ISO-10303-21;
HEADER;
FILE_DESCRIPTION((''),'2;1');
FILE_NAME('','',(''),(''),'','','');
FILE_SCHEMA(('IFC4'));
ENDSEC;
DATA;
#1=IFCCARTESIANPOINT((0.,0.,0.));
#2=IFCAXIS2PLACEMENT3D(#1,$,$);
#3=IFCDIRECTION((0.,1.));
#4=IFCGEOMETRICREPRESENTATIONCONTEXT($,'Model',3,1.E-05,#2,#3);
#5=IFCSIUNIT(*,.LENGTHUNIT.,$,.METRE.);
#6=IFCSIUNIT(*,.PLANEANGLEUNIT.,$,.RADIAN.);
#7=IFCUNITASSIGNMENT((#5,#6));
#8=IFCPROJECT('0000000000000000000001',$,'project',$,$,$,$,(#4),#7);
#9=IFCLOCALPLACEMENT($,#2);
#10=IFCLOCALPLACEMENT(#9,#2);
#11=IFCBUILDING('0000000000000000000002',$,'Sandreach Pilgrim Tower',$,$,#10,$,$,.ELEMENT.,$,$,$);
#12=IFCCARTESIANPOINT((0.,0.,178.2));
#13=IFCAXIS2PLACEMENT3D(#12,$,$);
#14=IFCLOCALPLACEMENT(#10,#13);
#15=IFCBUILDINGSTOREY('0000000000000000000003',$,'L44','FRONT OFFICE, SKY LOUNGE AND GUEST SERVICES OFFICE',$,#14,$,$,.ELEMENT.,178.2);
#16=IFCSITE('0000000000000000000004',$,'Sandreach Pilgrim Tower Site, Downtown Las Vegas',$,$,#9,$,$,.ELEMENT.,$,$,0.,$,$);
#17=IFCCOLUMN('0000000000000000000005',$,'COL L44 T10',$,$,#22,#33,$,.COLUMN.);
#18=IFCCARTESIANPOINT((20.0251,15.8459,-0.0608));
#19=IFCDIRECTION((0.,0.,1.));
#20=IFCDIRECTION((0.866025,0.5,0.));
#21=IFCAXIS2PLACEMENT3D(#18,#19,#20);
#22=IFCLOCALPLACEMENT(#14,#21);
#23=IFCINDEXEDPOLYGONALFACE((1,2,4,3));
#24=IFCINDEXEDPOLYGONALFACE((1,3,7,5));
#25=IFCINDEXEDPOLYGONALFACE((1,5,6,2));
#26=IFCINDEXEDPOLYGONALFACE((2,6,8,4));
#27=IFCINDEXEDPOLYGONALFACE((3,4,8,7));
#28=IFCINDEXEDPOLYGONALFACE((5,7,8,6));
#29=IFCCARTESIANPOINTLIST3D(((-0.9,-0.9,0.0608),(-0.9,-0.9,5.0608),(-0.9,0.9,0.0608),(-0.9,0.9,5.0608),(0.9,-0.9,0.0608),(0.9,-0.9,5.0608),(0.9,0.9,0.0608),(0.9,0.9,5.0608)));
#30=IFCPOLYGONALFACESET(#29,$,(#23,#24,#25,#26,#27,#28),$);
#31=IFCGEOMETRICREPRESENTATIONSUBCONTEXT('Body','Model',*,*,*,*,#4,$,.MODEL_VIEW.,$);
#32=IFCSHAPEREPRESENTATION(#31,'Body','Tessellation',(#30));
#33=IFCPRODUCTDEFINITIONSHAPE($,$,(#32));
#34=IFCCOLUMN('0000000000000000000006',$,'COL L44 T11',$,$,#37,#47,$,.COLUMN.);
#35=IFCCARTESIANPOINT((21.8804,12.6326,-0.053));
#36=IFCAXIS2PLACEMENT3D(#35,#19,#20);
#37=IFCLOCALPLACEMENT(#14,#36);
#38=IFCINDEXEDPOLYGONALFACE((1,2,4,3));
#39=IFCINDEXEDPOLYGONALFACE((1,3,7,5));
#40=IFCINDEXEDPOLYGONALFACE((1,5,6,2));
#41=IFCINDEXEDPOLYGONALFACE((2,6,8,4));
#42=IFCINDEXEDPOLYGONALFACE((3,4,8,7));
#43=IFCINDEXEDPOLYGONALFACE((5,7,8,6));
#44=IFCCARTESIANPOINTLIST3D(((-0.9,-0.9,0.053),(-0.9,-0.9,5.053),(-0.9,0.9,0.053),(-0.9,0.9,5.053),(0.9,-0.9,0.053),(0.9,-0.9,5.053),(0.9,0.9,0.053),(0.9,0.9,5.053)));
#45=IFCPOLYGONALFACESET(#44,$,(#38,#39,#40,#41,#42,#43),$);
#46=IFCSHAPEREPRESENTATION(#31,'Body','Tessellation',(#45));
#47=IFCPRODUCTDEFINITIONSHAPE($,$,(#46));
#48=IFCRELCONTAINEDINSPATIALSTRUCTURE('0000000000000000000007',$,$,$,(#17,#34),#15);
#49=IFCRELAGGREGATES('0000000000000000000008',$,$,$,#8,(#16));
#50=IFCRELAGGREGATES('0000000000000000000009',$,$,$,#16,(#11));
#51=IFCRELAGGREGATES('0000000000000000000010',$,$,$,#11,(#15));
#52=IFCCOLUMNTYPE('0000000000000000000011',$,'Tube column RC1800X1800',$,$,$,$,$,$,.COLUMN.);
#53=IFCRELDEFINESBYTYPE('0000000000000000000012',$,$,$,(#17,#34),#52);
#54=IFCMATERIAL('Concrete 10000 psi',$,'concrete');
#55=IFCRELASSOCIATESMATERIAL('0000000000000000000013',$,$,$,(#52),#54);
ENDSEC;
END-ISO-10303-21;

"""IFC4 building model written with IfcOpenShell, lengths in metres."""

from ifc_helpers import new_model, si_unit, direction, frame, origin, origin_2d, place, context, subcontext, project, spatial, rectangle, extrude, clip, halfspace, material, material_profile, profile_set, type_object, element, save


model = new_model("IFC4")

# Units and contexts
model_context = context("Model", 3, precision=1e-05, world=origin(), true_north=direction((0.0, 1.0)))
body_context = subcontext(model_context, "Body", "Model", "MODEL_VIEW")
ifc_project = project(units=[si_unit("LENGTHUNIT", "METRE"), si_unit("PLANEANGLEUNIT", "RADIAN")], contexts=[model_context])

# Site, building, storey
site_placement = place(None, origin())
site = spatial("IfcSite", under=ifc_project, at=site_placement, Name="Sandreach Pilgrim Tower Site, Downtown Las Vegas", CompositionType="ELEMENT", RefElevation=0.0)
building_placement = place(site_placement, origin())
building = spatial("IfcBuilding", under=site, at=building_placement, Name="Sandreach Pilgrim Tower", CompositionType="ELEMENT")
storey_placement = place(building_placement, frame((0.0, 0.0, 178.2)))
storey = spatial("IfcBuildingStorey", under=building, at=storey_placement, Name="L44", Description="FRONT OFFICE, SKY LOUNGE AND GUEST SERVICES OFFICE", CompositionType="ELEMENT", Elevation=178.2)

# Columns
ifc_material_1 = material(Name="Concrete 10000 psi", Category="concrete")
ifc_material_profile_1 = material_profile(ifc_material_1, rectangle(XDim=1.8, YDim=1.8, at=origin_2d()), Name="RC1800X1800")
ifc_profile_set_1 = profile_set([ifc_material_profile_1], Name="Concrete 10000 psi")
column_type = type_object("IfcColumnType", Name="Tube column RC1800X1800", PredefinedType="COLUMN", material=ifc_profile_set_1)
column_1_placement = place(storey_placement, frame((20.0251, 15.8459, -0.0608), z_axis=(0.0, 0.0, 1.0), x_axis=(0.866025, 0.5, 0.0)))
element("IfcColumn", 1, at=column_1_placement, inside=storey, type_object=column_type, Name="COL L44 T10", PredefinedType="COLUMN", context=body_context, shape_type="SweptSolid", body=[
    clip(extrude(rectangle(XDim=1.8, YDim=1.8, at=origin_2d()), origin(), (0.0, 0.0, 1.0), 5.0608), halfspace(frame((0.0, 0.0, 0.0608)), True)),
])
column_2_placement = place(storey_placement, frame((21.8804, 12.6326, -0.053), z_axis=(0.0, 0.0, 1.0), x_axis=(0.866025, 0.5, 0.0)))
element("IfcColumn", 2, at=column_2_placement, inside=storey, type_object=column_type, Name="COL L44 T11", PredefinedType="COLUMN", context=body_context, shape_type="SweptSolid", body=[
    clip(extrude(rectangle(XDim=1.8, YDim=1.8, at=origin_2d()), origin(), (0.0, 0.0, 1.0), 5.053), halfspace(frame((0.0, 0.0, 0.053)), True)),
])

save(model, "model.ifc")
